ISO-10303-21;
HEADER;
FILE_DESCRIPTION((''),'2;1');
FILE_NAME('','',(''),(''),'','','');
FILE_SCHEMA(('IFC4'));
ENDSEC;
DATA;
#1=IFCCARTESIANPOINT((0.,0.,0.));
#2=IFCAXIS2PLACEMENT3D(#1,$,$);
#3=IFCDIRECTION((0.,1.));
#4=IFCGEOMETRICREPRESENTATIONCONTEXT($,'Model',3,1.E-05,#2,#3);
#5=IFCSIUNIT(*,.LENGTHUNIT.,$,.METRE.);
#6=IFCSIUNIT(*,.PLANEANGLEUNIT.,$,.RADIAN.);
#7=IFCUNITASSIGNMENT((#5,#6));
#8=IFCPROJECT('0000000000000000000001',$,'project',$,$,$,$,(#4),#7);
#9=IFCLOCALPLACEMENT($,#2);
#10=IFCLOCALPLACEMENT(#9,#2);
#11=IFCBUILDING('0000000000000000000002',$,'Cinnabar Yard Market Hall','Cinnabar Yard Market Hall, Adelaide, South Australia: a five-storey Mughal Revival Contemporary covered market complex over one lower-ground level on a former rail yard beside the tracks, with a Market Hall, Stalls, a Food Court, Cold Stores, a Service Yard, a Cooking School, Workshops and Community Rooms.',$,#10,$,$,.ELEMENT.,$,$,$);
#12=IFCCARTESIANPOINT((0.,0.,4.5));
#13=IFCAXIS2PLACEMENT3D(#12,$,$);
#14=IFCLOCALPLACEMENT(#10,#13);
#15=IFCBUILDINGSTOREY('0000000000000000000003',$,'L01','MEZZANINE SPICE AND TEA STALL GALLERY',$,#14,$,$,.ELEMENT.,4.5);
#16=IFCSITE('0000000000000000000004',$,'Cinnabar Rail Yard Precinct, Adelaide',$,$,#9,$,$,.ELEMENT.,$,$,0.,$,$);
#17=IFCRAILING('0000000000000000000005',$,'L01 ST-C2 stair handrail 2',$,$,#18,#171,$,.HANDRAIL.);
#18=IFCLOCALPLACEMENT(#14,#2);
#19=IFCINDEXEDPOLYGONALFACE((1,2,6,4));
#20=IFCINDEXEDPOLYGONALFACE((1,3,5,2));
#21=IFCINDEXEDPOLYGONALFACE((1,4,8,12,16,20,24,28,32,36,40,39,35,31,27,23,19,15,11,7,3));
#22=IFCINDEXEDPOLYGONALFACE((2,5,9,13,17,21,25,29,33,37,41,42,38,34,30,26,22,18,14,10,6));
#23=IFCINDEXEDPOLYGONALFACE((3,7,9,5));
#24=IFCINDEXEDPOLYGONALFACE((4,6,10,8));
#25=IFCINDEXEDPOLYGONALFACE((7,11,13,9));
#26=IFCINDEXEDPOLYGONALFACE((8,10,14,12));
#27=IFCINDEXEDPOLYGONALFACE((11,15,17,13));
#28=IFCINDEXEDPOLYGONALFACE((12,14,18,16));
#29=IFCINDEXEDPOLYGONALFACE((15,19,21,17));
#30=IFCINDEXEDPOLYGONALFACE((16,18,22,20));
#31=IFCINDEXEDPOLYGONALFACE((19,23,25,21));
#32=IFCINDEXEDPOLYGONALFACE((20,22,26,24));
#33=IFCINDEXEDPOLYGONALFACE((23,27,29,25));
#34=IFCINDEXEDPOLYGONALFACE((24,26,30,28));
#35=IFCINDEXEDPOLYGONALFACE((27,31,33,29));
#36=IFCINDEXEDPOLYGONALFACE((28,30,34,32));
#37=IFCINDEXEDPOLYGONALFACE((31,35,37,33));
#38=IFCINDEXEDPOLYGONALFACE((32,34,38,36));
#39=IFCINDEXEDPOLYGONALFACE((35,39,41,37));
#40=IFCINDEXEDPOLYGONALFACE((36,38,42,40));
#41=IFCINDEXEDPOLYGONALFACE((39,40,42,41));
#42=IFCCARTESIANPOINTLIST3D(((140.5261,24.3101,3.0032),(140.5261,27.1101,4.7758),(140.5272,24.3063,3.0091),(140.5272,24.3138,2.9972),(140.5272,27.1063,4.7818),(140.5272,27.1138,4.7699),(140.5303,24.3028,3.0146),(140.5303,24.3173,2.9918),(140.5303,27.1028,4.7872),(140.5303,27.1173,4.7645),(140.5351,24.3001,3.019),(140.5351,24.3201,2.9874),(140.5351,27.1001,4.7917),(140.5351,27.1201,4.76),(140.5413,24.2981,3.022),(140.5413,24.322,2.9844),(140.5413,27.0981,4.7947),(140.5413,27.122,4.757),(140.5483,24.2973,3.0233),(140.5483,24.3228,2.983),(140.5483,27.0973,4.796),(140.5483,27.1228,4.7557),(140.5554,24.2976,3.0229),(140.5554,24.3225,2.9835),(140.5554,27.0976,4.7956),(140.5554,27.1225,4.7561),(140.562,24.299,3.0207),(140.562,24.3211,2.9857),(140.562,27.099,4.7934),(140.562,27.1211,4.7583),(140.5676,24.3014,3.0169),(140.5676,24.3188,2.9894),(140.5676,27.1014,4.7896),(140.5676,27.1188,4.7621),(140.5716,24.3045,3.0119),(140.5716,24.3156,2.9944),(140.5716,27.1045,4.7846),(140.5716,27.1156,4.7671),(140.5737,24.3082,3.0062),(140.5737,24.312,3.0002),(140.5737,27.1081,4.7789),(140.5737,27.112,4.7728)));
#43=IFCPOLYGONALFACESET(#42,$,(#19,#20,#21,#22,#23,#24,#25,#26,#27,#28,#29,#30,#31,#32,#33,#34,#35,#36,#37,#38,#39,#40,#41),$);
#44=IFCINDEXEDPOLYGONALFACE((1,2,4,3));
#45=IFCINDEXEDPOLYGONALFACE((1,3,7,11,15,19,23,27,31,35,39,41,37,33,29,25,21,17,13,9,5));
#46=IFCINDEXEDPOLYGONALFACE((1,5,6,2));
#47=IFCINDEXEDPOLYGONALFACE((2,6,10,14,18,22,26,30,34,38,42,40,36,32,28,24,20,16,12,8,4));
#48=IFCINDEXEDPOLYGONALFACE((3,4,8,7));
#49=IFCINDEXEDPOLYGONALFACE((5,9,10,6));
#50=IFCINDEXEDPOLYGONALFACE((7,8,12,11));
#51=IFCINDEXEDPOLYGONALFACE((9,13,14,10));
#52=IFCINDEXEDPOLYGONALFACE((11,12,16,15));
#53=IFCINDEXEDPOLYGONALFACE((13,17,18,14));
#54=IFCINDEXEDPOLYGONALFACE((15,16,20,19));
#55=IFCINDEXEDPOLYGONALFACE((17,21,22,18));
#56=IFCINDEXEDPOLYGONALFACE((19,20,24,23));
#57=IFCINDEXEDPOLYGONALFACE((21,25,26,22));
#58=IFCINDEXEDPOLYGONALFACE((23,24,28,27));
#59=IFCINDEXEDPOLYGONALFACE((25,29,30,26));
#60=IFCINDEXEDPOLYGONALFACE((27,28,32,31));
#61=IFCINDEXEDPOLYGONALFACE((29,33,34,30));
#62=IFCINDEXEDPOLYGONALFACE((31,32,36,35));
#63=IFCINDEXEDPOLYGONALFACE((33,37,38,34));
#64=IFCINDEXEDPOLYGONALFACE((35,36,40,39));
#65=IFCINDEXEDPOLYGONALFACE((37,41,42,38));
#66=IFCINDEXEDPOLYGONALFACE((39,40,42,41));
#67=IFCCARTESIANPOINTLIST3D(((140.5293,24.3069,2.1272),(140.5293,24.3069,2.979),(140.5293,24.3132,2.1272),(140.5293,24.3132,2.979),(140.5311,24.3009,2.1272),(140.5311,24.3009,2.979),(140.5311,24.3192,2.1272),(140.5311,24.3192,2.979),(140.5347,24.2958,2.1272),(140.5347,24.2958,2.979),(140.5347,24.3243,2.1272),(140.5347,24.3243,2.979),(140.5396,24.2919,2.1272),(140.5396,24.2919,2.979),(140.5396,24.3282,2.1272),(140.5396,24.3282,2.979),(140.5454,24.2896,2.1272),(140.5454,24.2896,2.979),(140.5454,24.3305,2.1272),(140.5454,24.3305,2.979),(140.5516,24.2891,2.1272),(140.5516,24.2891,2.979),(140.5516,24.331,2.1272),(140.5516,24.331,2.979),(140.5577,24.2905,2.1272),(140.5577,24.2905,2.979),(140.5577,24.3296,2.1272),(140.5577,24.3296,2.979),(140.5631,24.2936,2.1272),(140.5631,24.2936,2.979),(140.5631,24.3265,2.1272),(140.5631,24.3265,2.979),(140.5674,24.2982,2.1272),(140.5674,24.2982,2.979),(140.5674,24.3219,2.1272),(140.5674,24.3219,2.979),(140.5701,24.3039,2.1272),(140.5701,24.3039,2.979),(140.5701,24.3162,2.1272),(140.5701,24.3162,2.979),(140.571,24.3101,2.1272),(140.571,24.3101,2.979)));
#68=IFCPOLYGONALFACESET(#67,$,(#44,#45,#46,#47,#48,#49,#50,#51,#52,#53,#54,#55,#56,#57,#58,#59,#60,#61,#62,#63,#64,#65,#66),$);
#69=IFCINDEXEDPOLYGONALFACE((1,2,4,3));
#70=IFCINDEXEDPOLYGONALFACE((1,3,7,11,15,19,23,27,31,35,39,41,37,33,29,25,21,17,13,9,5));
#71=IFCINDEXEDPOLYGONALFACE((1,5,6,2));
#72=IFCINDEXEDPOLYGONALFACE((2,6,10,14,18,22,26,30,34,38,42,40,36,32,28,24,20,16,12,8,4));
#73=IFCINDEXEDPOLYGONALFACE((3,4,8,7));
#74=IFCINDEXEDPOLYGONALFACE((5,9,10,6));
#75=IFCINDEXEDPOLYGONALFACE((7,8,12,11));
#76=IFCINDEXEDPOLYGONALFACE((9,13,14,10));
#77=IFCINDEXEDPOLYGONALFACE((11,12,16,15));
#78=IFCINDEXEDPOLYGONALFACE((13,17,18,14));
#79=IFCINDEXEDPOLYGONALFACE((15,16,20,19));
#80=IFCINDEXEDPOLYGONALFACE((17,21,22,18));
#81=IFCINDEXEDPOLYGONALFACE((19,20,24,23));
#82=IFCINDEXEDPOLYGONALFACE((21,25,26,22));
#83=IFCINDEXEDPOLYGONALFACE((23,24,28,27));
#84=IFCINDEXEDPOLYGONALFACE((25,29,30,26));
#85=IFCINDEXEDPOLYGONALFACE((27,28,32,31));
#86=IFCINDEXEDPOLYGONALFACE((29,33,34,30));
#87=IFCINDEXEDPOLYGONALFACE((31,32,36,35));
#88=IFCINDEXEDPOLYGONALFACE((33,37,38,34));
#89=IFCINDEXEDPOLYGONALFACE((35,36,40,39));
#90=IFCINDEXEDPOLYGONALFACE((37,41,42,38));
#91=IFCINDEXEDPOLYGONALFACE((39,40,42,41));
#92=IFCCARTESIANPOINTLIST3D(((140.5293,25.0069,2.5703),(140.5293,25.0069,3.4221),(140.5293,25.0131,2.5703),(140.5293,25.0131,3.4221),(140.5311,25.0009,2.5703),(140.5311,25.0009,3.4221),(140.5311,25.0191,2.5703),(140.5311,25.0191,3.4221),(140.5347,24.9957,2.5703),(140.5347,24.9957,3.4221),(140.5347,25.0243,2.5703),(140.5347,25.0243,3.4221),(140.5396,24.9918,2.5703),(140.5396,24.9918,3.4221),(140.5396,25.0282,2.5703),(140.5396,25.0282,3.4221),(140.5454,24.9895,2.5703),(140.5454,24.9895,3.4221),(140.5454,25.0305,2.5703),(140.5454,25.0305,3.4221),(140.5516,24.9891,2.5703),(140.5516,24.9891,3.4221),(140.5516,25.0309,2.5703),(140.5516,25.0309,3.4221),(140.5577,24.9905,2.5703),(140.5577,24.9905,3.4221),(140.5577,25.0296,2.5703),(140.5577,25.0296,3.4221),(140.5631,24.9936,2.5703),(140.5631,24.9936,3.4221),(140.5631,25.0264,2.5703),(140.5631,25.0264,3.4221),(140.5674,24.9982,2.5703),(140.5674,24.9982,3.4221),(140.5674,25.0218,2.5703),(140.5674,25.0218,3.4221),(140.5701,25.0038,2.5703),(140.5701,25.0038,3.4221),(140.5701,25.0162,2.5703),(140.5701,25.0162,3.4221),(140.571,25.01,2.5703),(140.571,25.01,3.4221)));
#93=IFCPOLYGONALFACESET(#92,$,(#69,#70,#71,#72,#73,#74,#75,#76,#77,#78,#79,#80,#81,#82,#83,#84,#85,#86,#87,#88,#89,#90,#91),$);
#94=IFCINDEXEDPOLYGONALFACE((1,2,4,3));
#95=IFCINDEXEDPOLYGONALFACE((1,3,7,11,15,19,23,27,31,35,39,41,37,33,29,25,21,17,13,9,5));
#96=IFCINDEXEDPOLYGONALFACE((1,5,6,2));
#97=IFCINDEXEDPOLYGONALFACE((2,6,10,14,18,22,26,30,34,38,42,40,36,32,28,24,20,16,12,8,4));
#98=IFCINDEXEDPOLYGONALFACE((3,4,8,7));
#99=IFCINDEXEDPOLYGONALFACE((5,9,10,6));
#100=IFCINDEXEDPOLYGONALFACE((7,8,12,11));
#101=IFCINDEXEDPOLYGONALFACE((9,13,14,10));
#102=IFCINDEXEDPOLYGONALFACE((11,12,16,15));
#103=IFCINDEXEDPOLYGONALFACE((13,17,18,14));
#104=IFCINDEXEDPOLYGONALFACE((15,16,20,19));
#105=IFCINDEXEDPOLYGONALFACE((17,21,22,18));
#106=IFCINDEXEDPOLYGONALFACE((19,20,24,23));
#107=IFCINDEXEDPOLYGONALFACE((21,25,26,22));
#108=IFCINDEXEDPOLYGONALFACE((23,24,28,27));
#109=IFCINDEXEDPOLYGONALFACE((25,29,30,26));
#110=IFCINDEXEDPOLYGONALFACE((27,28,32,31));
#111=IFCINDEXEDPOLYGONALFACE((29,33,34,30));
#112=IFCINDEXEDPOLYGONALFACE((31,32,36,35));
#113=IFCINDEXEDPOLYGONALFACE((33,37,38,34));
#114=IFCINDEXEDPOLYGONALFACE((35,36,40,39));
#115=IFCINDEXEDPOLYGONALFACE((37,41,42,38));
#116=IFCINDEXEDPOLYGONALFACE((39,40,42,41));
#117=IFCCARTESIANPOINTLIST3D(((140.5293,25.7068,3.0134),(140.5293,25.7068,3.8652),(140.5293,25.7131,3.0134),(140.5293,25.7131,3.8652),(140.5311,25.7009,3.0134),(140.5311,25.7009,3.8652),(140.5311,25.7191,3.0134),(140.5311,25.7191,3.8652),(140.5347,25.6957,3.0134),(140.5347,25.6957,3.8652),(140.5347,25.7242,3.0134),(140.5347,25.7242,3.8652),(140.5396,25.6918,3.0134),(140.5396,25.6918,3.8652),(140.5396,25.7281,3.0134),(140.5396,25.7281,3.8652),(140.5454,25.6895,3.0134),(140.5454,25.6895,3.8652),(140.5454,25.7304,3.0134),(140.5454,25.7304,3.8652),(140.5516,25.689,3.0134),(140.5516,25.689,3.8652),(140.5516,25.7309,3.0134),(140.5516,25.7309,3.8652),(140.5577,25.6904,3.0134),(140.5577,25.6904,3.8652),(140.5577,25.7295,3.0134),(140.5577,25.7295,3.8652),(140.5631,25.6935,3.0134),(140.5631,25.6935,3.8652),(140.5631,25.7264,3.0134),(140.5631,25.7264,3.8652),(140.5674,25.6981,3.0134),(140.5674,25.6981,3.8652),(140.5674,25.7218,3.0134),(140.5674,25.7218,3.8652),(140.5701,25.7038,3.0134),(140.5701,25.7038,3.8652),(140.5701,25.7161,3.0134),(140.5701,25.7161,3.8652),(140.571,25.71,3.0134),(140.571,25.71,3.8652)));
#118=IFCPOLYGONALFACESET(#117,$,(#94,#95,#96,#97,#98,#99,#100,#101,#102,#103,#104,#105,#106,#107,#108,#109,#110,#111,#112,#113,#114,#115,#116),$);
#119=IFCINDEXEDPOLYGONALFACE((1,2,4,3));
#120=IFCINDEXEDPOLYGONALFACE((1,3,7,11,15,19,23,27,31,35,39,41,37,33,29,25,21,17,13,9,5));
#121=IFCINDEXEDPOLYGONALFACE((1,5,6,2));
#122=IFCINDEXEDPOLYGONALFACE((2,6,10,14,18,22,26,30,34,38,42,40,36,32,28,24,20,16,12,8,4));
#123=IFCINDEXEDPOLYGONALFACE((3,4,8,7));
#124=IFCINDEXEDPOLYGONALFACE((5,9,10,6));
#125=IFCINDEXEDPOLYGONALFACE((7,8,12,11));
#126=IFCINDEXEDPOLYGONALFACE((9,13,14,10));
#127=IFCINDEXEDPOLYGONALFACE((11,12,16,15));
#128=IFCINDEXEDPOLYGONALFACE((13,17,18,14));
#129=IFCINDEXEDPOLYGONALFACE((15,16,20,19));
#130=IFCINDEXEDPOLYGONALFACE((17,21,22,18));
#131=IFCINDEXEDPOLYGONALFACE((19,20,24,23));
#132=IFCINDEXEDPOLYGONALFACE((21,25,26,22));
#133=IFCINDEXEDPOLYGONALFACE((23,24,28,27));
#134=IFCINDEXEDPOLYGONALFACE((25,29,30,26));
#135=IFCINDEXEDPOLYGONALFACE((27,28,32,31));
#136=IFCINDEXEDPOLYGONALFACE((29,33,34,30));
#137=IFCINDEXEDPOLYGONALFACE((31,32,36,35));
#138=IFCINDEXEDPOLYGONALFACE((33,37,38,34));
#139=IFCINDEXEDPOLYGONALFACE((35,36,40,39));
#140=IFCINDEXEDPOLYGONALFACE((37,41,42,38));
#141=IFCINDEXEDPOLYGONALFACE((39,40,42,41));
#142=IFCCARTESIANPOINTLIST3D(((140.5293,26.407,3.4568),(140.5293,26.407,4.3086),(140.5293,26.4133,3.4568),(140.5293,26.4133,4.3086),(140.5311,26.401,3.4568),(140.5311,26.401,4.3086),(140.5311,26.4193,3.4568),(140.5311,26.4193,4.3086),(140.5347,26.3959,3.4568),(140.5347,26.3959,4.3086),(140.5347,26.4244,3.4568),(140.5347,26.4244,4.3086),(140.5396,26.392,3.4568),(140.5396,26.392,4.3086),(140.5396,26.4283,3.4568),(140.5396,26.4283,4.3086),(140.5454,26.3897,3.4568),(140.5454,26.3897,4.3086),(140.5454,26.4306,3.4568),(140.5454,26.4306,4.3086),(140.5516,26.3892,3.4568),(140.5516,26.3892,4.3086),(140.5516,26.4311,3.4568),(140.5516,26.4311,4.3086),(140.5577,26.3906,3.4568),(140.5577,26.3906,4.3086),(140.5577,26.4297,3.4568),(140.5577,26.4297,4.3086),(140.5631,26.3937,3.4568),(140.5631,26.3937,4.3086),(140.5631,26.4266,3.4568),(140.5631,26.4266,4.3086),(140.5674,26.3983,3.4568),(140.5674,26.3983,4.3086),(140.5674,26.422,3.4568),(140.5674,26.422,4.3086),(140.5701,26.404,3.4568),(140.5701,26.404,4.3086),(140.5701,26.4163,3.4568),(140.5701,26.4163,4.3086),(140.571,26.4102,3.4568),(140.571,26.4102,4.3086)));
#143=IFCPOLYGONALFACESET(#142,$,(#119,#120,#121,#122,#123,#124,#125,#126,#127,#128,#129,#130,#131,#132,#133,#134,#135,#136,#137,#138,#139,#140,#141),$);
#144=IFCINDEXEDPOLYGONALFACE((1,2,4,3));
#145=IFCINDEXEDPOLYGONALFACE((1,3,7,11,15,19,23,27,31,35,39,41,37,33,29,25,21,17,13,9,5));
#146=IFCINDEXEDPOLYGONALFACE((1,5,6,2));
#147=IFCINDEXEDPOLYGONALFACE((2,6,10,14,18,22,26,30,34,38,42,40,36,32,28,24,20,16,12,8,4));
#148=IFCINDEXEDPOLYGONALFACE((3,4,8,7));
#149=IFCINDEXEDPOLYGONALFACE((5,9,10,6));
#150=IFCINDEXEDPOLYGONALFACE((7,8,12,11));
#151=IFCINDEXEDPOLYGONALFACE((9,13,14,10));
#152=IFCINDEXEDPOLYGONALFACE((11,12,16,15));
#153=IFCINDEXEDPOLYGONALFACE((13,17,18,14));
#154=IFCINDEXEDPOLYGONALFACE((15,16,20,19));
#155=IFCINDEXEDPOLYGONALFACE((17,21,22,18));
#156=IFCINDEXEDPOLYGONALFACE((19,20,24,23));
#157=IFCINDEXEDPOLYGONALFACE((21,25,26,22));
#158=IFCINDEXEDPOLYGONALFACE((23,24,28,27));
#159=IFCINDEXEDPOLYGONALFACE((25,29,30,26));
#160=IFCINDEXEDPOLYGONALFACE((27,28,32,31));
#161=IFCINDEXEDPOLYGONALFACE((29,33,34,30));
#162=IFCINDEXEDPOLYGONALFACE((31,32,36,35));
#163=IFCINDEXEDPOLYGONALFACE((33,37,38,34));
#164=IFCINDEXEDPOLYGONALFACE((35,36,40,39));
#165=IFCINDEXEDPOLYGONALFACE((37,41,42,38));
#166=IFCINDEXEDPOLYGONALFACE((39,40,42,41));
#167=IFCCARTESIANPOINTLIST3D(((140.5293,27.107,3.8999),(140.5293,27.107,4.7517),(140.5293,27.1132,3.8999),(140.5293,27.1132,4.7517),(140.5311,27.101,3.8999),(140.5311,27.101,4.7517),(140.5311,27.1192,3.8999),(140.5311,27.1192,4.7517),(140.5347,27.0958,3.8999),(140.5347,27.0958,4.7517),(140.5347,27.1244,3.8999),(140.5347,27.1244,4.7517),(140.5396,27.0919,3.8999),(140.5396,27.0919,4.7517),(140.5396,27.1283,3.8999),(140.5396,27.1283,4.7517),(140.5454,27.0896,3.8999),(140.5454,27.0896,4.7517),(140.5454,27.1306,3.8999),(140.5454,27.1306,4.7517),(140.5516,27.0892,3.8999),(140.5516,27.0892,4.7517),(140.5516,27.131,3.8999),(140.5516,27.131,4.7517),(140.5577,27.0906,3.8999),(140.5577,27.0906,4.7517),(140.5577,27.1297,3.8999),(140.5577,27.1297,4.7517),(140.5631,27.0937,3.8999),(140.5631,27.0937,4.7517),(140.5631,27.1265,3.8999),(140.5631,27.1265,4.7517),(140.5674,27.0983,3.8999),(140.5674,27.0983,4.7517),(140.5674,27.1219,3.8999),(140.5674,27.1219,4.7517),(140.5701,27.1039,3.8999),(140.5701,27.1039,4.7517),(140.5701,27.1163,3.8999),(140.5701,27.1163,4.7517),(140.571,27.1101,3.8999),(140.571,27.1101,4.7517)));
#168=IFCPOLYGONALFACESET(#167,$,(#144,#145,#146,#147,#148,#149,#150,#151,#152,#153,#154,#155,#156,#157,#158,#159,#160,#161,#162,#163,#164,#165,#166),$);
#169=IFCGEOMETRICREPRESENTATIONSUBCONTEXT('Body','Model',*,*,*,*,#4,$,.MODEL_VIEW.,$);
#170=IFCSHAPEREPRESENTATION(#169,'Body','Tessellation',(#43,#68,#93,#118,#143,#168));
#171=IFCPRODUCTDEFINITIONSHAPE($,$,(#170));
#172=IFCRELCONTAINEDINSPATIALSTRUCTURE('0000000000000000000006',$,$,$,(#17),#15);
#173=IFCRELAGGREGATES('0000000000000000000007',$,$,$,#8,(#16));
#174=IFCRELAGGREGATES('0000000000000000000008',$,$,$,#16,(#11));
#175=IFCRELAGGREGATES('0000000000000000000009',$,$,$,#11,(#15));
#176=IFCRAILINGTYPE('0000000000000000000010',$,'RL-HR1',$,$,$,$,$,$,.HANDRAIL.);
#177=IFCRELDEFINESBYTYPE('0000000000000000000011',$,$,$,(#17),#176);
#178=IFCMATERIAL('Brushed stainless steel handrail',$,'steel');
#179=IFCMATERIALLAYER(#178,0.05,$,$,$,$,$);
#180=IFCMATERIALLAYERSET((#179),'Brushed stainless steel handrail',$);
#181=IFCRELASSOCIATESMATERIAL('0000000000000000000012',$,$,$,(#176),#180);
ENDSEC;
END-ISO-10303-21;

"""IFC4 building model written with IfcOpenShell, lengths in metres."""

from ifc_helpers import new_model, si_unit, direction, frame, origin, origin_2d_with_axis, place, context, subcontext, project, spatial, circle, extrude, material, layer, layer_set, type_object, element, save


model = new_model("IFC4")

# Units and contexts
model_context = context("Model", 3, precision=1e-05, world=origin(), true_north=direction((0.0, 1.0)))
body_context = subcontext(model_context, "Body", "Model", "MODEL_VIEW")
ifc_project = project(units=[si_unit("LENGTHUNIT", "METRE"), si_unit("PLANEANGLEUNIT", "RADIAN")], contexts=[model_context])

# Site, building, storey
site_placement = place(None, origin())
site = spatial("IfcSite", under=ifc_project, at=site_placement, Name="Cinnabar Rail Yard Precinct, Adelaide", CompositionType="ELEMENT", RefElevation=0.0)
building_placement = place(site_placement, origin())
building = spatial("IfcBuilding", under=site, at=building_placement, Name="Cinnabar Yard Market Hall", Description="Cinnabar Yard Market Hall, Adelaide, South Australia: a five-storey Mughal Revival Contemporary covered market complex over one lower-ground level on a former rail yard beside the tracks, with a Market Hall, Stalls, a Food Court, Cold Stores, a Service Yard, a Cooking School, Workshops and Community Rooms.", CompositionType="ELEMENT")
storey_placement = place(building_placement, frame((0.0, 0.0, 4.5)))
storey = spatial("IfcBuildingStorey", under=building, at=storey_placement, Name="L01", Description="MEZZANINE SPICE AND TEA STALL GALLERY", CompositionType="ELEMENT", Elevation=4.5)

# Railing
ifc_material_1 = material(Name="Brushed stainless steel handrail", Category="steel")
ifc_layer_1 = layer(ifc_material_1, 0.05)
ifc_layer_set_1 = layer_set([ifc_layer_1], Name="Brushed stainless steel handrail")
railing_type_1 = type_object("IfcRailingType", Name="RL-HR1", PredefinedType="HANDRAIL", material=ifc_layer_set_1)
railing_1_placement = place(storey_placement, frame((140.55, 24.3101, 2.1272)))
element("IfcRailing", 1, at=railing_1_placement, inside=storey, type_object=railing_type_1, Name="L01 ST-C2 stair handrail 2", PredefinedType="HANDRAIL", context=body_context, shape_type="SweptSolid", body=[
    extrude(circle(Radius=0.0239, at=origin_2d_with_axis()), frame((0.0, 0.0, 0.876), z_axis=(0.0, 0.844909, 0.53491), x_axis=(-1.0, 0.0, 0.0)), (0.0, 0.0, 1.0), 3.314),
    extrude(circle(Radius=0.021, at=origin_2d_with_axis()), origin(), (0.0, 0.0, 1.0), 0.8518),
    extrude(circle(Radius=0.021, at=origin_2d_with_axis()), frame((0.0, 0.7, 0.4431)), (0.0, 0.0, 1.0), 0.8518),
    extrude(circle(Radius=0.021, at=origin_2d_with_axis()), frame((0.0, 1.3999, 0.8862)), (0.0, 0.0, 1.0), 0.8518),
    extrude(circle(Radius=0.021, at=origin_2d_with_axis()), frame((0.0, 2.1001, 1.3296)), (0.0, 0.0, 1.0), 0.8518),
    extrude(circle(Radius=0.021, at=origin_2d_with_axis()), frame((0.0, 2.8, 1.7727)), (0.0, 0.0, 1.0), 0.8518),
])

save(model, "model.ifc")
